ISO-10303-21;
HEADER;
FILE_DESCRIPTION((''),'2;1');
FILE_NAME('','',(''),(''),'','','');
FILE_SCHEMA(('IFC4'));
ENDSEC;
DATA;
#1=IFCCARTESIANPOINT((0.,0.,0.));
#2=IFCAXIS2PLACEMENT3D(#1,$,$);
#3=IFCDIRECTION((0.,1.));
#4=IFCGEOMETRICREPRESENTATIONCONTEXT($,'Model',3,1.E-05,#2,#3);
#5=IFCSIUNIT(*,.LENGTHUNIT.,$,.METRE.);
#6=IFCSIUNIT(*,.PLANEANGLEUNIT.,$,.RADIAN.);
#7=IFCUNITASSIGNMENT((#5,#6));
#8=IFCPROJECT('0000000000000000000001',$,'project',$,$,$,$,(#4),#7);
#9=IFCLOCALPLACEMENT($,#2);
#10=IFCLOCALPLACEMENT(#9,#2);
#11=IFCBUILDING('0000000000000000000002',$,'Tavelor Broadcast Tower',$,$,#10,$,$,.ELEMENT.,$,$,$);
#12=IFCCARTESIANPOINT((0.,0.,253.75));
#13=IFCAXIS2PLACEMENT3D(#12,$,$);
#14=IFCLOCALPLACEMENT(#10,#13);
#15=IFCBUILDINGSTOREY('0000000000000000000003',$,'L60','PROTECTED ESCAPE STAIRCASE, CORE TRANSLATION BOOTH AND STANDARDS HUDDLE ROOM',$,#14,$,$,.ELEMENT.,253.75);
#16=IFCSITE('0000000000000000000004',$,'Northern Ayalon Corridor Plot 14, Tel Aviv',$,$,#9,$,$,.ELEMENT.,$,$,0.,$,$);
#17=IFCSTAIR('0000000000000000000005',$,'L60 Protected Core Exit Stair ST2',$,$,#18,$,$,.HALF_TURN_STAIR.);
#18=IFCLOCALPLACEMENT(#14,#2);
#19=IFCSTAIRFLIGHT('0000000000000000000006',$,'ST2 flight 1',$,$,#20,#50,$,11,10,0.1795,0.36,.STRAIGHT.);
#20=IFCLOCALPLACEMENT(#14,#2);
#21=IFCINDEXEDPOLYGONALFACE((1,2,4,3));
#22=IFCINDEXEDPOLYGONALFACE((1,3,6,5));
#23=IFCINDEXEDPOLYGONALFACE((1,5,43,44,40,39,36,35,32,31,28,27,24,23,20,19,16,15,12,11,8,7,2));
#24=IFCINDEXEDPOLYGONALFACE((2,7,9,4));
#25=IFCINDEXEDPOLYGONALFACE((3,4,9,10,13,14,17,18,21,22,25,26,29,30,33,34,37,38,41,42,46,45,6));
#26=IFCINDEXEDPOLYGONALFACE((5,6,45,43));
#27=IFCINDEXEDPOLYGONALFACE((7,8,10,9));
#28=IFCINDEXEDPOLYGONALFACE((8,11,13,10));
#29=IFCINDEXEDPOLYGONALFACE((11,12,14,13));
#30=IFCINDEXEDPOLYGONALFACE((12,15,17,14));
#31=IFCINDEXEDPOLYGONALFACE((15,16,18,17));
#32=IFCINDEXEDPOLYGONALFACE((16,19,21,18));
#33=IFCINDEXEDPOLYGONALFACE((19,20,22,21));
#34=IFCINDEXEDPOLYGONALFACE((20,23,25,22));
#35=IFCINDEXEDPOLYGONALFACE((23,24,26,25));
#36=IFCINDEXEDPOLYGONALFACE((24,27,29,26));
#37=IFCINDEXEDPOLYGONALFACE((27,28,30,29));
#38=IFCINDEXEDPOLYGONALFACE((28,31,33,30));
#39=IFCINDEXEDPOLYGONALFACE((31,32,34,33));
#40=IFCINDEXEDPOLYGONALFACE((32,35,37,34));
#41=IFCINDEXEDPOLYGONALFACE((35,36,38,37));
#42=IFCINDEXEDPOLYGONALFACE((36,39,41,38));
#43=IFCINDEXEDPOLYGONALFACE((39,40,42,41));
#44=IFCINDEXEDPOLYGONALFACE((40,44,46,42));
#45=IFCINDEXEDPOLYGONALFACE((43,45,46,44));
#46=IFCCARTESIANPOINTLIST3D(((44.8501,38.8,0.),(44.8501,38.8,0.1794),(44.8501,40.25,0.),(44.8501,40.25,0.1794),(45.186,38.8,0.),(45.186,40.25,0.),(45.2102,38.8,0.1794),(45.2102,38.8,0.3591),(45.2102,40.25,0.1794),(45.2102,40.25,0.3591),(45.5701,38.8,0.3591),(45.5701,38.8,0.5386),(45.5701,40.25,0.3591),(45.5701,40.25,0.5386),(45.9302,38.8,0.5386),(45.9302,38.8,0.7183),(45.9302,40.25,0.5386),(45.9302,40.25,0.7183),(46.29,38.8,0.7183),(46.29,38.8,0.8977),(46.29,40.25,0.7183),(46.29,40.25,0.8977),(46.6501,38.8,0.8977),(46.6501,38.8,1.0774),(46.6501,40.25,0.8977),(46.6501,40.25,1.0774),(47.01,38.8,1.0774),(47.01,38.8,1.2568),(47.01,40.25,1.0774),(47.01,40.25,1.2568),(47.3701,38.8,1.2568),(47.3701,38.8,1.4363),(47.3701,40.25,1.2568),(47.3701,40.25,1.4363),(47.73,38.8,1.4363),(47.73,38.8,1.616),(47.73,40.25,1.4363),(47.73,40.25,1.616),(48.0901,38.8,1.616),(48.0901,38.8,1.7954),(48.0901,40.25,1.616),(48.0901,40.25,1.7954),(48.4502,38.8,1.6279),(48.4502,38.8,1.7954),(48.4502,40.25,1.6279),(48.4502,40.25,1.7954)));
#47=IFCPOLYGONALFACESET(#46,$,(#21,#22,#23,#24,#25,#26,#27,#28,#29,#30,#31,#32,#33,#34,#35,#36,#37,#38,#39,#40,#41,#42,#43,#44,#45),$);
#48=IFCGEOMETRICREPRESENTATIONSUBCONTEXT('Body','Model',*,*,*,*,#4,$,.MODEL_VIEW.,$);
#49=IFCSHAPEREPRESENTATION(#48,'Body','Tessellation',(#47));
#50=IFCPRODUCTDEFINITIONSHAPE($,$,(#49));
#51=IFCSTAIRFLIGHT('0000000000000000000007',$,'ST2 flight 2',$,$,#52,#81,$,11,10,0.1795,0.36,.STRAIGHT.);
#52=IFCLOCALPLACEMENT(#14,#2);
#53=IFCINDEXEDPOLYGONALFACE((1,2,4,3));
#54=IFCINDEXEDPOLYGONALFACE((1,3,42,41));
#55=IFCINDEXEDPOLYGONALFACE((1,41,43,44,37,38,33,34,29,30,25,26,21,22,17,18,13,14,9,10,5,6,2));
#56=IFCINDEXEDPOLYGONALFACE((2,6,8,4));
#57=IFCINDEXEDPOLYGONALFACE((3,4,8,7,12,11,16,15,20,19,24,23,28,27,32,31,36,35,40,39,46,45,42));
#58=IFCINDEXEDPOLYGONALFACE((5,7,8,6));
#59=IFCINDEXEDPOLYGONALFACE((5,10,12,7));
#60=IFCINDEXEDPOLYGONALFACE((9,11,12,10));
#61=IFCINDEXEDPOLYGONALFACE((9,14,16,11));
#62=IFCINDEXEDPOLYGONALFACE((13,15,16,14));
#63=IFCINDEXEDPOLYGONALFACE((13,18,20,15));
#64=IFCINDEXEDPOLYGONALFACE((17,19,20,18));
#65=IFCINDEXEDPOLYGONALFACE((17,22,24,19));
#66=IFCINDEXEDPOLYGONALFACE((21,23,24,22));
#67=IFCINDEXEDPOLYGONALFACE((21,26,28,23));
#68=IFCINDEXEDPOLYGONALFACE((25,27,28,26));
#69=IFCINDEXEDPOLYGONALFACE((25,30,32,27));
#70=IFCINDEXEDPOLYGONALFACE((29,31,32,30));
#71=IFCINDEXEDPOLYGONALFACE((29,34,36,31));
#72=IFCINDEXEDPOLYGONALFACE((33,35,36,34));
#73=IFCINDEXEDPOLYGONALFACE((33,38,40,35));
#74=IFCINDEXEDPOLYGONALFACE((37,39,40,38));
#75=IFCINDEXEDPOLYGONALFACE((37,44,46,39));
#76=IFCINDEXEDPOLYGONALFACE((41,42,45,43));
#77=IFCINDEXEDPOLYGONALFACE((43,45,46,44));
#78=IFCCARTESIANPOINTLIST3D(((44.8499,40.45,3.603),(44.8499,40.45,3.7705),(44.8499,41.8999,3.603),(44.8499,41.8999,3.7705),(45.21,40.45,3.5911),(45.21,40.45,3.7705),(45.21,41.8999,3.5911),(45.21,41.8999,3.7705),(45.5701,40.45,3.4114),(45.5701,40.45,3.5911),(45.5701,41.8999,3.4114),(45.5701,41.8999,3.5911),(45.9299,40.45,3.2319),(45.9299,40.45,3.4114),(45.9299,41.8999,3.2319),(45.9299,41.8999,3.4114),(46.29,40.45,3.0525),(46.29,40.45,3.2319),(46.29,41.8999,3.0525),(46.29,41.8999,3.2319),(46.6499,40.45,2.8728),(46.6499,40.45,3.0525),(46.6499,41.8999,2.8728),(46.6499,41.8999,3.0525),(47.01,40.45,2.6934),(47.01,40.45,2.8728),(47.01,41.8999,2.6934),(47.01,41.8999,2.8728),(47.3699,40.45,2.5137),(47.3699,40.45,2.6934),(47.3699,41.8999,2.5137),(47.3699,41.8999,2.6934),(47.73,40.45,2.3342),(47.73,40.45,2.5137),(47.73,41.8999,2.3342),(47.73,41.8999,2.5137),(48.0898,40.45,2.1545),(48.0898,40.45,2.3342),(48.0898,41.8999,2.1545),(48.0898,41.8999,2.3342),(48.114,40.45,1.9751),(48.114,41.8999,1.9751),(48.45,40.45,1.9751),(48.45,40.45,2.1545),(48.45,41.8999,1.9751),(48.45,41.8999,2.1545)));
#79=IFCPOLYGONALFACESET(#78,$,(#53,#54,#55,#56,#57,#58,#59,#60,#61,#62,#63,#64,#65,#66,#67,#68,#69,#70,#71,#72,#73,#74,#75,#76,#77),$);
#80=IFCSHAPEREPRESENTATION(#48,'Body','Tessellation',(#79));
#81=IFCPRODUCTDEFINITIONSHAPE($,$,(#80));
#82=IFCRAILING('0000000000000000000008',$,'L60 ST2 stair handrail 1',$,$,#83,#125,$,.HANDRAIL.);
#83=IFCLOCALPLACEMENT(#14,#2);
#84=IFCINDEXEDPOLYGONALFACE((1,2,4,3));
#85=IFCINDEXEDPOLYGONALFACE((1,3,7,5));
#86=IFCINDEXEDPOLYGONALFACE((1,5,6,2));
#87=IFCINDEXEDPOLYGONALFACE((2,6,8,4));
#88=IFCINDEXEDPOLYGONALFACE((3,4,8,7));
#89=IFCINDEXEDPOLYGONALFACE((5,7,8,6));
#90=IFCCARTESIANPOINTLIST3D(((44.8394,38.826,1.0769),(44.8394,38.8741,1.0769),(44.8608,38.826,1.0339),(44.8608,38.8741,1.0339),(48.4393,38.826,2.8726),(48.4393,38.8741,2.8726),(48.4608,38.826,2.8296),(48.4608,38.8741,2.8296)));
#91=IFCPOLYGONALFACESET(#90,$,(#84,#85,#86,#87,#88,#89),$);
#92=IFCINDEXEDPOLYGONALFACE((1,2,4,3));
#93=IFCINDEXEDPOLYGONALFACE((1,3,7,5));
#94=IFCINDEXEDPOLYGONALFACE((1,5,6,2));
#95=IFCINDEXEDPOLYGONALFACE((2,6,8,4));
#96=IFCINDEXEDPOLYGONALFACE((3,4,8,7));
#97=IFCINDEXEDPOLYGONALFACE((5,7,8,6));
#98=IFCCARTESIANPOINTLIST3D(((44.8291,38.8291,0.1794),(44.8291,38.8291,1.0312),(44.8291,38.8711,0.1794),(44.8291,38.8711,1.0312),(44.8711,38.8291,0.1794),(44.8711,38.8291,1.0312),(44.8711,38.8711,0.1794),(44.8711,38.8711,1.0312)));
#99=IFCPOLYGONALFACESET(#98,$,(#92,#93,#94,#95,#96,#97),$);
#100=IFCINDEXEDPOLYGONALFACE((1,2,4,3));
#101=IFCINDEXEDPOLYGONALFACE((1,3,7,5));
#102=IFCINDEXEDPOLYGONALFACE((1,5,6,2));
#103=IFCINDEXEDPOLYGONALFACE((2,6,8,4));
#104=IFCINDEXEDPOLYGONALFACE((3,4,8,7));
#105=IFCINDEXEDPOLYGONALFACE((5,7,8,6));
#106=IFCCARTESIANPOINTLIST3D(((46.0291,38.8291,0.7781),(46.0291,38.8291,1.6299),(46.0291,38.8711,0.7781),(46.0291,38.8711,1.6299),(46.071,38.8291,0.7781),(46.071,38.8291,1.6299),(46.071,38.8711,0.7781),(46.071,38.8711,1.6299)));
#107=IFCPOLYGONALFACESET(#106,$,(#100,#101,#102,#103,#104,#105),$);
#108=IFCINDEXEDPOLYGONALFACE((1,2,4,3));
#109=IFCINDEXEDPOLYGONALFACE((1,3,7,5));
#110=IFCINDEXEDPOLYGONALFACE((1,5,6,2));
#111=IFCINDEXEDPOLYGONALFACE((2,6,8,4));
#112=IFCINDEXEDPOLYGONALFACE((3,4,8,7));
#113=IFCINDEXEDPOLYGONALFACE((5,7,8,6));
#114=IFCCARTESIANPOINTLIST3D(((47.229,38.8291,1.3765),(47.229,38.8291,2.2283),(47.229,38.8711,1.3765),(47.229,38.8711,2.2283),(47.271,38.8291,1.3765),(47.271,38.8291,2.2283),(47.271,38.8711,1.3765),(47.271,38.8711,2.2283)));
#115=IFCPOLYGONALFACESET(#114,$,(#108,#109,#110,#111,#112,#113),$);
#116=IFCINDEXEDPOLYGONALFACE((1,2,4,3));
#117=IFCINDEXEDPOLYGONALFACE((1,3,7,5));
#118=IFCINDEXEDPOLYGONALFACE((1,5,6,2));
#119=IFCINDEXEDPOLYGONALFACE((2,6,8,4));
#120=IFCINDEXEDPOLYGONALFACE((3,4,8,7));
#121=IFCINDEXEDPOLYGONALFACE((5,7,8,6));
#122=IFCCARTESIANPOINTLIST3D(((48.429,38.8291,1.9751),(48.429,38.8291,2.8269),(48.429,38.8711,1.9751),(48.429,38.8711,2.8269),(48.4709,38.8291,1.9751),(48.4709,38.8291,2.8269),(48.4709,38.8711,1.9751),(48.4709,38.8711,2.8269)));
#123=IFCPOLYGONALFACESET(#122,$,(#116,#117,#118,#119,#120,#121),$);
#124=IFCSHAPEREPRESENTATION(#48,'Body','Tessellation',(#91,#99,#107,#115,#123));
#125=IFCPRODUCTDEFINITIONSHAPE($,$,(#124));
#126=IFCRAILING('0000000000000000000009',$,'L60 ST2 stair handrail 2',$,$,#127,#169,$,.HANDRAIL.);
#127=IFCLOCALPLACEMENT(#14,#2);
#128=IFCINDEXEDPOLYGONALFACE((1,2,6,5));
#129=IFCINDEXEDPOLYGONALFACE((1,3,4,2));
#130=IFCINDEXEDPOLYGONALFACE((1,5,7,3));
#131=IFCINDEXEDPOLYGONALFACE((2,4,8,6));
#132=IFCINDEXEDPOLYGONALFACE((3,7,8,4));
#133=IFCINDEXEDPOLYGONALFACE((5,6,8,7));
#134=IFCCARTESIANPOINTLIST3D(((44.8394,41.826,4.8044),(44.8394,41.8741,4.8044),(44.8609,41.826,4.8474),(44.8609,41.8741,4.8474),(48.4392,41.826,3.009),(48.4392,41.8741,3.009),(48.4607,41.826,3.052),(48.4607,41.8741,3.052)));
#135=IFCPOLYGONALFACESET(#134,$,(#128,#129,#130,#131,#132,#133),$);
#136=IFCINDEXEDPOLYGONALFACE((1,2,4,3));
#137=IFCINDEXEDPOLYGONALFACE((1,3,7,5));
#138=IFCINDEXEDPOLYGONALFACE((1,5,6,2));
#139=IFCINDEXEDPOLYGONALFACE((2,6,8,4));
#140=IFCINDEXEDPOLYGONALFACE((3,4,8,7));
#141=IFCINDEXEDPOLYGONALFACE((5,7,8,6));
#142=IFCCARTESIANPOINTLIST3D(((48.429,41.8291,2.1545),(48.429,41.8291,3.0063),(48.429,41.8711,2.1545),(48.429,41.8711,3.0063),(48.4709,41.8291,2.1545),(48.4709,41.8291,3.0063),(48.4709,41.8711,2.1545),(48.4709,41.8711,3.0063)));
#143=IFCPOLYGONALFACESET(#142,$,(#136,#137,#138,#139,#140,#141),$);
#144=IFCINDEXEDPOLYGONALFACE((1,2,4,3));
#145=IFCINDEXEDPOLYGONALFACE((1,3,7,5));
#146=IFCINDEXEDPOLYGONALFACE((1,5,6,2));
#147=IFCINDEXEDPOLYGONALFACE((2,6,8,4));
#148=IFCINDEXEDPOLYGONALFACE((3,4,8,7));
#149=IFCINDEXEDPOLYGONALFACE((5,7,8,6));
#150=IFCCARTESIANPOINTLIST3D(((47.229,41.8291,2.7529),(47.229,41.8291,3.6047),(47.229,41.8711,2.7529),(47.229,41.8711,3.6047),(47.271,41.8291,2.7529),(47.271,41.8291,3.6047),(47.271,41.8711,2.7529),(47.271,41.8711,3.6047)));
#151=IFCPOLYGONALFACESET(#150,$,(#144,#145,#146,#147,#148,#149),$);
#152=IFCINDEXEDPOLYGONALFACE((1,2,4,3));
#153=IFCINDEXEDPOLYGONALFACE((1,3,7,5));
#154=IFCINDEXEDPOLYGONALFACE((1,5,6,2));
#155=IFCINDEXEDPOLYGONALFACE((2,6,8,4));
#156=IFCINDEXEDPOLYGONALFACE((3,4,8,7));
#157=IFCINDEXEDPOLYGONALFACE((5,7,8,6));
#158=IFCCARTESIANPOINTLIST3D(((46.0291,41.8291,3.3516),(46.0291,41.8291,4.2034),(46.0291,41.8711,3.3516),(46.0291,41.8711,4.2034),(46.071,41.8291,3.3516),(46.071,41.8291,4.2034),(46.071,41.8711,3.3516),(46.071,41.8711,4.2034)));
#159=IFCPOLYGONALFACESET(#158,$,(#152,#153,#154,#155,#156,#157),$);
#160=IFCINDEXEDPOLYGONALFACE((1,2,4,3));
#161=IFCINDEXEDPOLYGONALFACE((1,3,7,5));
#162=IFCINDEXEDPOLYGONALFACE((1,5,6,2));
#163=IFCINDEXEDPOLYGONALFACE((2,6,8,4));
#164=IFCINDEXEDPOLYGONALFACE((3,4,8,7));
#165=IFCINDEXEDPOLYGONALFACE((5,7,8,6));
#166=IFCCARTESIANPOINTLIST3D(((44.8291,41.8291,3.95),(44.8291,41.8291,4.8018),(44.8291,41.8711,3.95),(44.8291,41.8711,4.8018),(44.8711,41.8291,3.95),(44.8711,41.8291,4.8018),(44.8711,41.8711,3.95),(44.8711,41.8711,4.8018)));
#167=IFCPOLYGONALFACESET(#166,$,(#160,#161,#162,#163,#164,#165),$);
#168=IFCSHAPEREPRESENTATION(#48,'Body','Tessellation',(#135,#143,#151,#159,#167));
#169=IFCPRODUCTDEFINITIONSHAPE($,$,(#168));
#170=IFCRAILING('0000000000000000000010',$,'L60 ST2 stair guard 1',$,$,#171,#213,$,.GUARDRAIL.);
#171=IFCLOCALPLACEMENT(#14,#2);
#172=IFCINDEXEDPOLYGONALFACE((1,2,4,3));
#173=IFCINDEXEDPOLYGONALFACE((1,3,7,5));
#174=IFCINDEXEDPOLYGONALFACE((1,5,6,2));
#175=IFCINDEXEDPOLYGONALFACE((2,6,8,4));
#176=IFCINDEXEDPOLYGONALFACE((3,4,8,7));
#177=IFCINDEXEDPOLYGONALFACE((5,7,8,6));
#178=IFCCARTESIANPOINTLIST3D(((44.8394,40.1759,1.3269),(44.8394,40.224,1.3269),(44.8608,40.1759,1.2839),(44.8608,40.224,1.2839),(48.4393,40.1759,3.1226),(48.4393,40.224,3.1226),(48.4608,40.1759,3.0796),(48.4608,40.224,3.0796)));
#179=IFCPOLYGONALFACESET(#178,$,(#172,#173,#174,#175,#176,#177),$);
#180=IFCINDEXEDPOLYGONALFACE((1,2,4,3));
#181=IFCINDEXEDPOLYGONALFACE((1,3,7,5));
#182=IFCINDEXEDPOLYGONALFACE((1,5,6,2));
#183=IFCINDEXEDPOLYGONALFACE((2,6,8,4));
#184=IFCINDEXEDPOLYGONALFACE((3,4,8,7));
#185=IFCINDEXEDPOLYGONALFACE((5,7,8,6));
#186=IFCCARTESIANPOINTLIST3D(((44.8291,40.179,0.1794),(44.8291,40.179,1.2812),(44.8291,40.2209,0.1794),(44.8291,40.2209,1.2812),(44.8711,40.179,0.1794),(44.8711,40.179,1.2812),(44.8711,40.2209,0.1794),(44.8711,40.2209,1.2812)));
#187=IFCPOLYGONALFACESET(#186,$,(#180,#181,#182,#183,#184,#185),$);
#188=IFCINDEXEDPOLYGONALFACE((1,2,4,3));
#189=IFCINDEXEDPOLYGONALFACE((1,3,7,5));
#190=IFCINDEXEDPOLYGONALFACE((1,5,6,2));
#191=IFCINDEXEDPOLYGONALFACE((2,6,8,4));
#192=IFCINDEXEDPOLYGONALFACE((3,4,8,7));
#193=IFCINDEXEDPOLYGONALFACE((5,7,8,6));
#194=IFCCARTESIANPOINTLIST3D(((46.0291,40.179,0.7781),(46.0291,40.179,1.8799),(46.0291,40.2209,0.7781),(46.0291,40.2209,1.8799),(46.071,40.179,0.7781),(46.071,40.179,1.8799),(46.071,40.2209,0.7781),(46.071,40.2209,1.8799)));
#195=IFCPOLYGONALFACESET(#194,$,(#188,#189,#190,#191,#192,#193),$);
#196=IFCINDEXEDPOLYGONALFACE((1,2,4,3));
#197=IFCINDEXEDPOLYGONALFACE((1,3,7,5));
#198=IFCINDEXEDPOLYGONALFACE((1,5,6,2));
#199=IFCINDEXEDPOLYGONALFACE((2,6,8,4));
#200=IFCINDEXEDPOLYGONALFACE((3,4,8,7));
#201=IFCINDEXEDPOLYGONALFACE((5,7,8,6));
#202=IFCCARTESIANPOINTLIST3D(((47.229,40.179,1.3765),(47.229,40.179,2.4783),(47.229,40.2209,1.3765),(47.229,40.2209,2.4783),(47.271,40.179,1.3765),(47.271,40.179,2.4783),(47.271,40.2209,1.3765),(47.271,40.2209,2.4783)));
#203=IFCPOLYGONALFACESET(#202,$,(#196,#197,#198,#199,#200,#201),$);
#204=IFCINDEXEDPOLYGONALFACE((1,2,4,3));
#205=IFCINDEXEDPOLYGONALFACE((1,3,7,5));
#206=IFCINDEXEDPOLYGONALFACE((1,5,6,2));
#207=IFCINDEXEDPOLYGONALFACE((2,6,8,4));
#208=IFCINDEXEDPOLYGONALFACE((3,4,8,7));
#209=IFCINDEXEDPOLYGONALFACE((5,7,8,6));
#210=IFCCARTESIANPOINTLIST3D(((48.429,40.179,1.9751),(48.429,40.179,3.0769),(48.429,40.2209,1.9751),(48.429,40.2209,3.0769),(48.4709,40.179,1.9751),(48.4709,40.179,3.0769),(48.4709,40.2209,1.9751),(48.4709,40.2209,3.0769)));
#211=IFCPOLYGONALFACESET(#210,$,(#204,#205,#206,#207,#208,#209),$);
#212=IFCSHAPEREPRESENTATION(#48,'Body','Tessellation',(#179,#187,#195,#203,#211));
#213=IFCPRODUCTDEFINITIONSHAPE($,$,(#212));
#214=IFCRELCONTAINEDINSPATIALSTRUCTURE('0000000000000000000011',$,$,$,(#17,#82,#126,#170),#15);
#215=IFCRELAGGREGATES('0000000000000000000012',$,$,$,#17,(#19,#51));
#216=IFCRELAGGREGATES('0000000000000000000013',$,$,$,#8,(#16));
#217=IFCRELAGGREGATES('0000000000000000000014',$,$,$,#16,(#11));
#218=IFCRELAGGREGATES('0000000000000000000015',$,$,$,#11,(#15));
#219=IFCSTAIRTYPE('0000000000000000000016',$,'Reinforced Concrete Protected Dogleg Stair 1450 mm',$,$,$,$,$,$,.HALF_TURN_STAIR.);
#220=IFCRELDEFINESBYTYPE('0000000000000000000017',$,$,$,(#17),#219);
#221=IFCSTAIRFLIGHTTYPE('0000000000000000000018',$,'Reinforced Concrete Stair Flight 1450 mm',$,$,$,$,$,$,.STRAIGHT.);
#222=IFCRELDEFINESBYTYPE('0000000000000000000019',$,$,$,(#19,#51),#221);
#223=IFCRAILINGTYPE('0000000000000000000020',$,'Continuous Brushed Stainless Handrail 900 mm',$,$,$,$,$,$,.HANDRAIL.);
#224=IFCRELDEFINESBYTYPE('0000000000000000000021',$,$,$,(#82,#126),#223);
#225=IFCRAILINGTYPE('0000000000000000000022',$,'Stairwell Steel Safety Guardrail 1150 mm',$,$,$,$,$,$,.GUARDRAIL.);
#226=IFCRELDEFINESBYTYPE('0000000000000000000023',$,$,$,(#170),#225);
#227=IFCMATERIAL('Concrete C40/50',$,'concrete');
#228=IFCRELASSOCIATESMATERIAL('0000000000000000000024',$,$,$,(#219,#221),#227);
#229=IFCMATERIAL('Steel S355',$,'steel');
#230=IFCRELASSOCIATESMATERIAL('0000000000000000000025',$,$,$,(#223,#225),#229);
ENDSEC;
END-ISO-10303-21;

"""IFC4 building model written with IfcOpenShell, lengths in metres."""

from ifc_helpers import new_model, si_unit, direction, frame, origin, origin_2d, place, context, subcontext, project, spatial, polyline, rectangle, outline, extrude, material, type_object, element, aggregate, save


model = new_model("IFC4")

# Units and contexts
model_context = context("Model", 3, precision=1e-05, world=origin(), true_north=direction((0.0, 1.0)))
body_context = subcontext(model_context, "Body", "Model", "MODEL_VIEW")
ifc_project = project(units=[si_unit("LENGTHUNIT", "METRE"), si_unit("PLANEANGLEUNIT", "RADIAN")], contexts=[model_context])

# Site, building, storey
site_placement = place(None, origin())
site = spatial("IfcSite", under=ifc_project, at=site_placement, Name="Northern Ayalon Corridor Plot 14, Tel Aviv", CompositionType="ELEMENT", RefElevation=0.0)
building_placement = place(site_placement, origin())
building = spatial("IfcBuilding", under=site, at=building_placement, Name="Tavelor Broadcast Tower", CompositionType="ELEMENT")
storey_placement = place(building_placement, frame((0.0, 0.0, 253.75)))
storey = spatial("IfcBuildingStorey", under=building, at=storey_placement, Name="L60", Description="PROTECTED ESCAPE STAIRCASE, CORE TRANSLATION BOOTH AND STANDARDS HUDDLE ROOM", CompositionType="ELEMENT", Elevation=253.75)

# Shared definitions
ifc_material_1 = material(Name="Concrete C40/50", Category="concrete")
ifc_material_2 = material(Name="Steel S355", Category="steel")

# Stair, stair flights
stair_type = type_object("IfcStairType", Name="Reinforced Concrete Protected Dogleg Stair 1450 mm", PredefinedType="HALF_TURN_STAIR", material=ifc_material_1)
stair_placement = place(storey_placement, origin())
stair = element("IfcStair", 1, at=stair_placement, inside=storey, type_object=stair_type, Name="L60 Protected Core Exit Stair ST2", PredefinedType="HALF_TURN_STAIR")
stair_flight_type = type_object("IfcStairFlightType", Name="Reinforced Concrete Stair Flight 1450 mm", PredefinedType="STRAIGHT", material=ifc_material_1)
stair_flight_1_placement = place(storey_placement, frame((44.8501, 39.5249, 0.0), z_axis=(0.0, 0.0, 1.0), x_axis=(1.0, 0.0, 0.0)))
stair_flight_1 = element("IfcStairFlight", 2, at=stair_flight_1_placement, type_object=stair_flight_type, Name="ST2 flight 1", NumberOfRisers=11, NumberOfTreads=10, PredefinedType="STRAIGHT", RiserHeight=0.1795, TreadLength=0.36, context=body_context, shape_type="SweptSolid", body=[
    extrude(outline(polyline([(0.0, 0.0), (0.0, 0.1794), (0.3601, 0.1794), (0.3601, 0.3591), (0.72, 0.3591), (0.72, 0.5386), (1.0801, 0.5386), (1.0801, 0.7183), (1.4399, 0.7183), (1.4399, 0.8977), (1.8, 0.8977), (1.8, 1.0774), (2.1599, 1.0774), (2.1599, 1.2568), (2.52, 1.2568), (2.52, 1.4363), (2.8799, 1.4363), (2.8799, 1.616), (3.24, 1.616), (3.24, 1.7954), (3.6001, 1.7954), (3.6001, 1.9751), (3.6001, 1.6279), (0.3359, 0.0), (0.0, 0.0)])), frame((0.0, 0.7251, 0.0), z_axis=(0.0, -1.0, 0.0), x_axis=(1.0, 0.0, 0.0)), (0.0, 0.0, 1.0), 1.45),
])
stair_flight_2_placement = place(storey_placement, frame((48.45, 41.175, 1.9751), z_axis=(0.0, 0.0, 1.0), x_axis=(-1.0, 0.0, 0.0)))
stair_flight_2 = element("IfcStairFlight", 3, at=stair_flight_2_placement, type_object=stair_flight_type, Name="ST2 flight 2", NumberOfRisers=11, NumberOfTreads=10, PredefinedType="STRAIGHT", RiserHeight=0.1795, TreadLength=0.36, context=body_context, shape_type="SweptSolid", body=[
    extrude(outline(polyline([(0.0, 0.0), (0.0, 0.1794), (0.3601, 0.1794), (0.3601, 0.3591), (0.72, 0.3591), (0.72, 0.5386), (1.0801, 0.5386), (1.0801, 0.7183), (1.4399, 0.7183), (1.4399, 0.8977), (1.8, 0.8977), (1.8, 1.0774), (2.1599, 1.0774), (2.1599, 1.2568), (2.52, 1.2568), (2.52, 1.4363), (2.8799, 1.4363), (2.8799, 1.616), (3.24, 1.616), (3.24, 1.7954), (3.6001, 1.7954), (3.6001, 1.9751), (3.6001, 1.6279), (0.3359, 0.0), (0.0, 0.0)])), frame((0.0, 0.7251, 0.0), z_axis=(0.0, -1.0, 0.0), x_axis=(1.0, 0.0, 0.0)), (0.0, 0.0, 1.0), 1.45),
])
aggregate(stair, [stair_flight_1, stair_flight_2])

# Railings
railing_type_1 = type_object("IfcRailingType", Name="Continuous Brushed Stainless Handrail 900 mm", PredefinedType="HANDRAIL", material=ifc_material_2)
railing_1_placement = place(storey_placement, frame((44.8501, 38.8501, 0.1794)))
element("IfcRailing", 4, at=railing_1_placement, inside=storey, type_object=railing_type_1, Name="L60 ST2 stair handrail 1", PredefinedType="HANDRAIL", context=body_context, shape_type="SweptSolid", body=[
    extrude(rectangle(XDim=0.0481, YDim=0.0481, at=origin_2d()), frame((0.0, 0.0, 0.876), z_axis=(0.894852, 0.0, 0.446364), x_axis=(0.0, 1.0, 0.0)), (0.0, 0.0, 1.0), 4.0229),
    extrude(rectangle(XDim=0.042, YDim=0.042, at=origin_2d()), origin(), (0.0, 0.0, 1.0), 0.8518),
    extrude(rectangle(XDim=0.042, YDim=0.042, at=origin_2d()), frame((1.2, 0.0, 0.5986)), (0.0, 0.0, 1.0), 0.8518),
    extrude(rectangle(XDim=0.042, YDim=0.042, at=origin_2d()), frame((2.3999, 0.0, 1.197)), (0.0, 0.0, 1.0), 0.8518),
    extrude(rectangle(XDim=0.042, YDim=0.042, at=origin_2d()), frame((3.5999, 0.0, 1.7957)), (0.0, 0.0, 1.0), 0.8518),
])
railing_2_placement = place(storey_placement, frame((48.45, 41.8501, 2.1545)))
element("IfcRailing", 5, at=railing_2_placement, inside=storey, type_object=railing_type_1, Name="L60 ST2 stair handrail 2", PredefinedType="HANDRAIL", context=body_context, shape_type="SweptSolid", body=[
    extrude(rectangle(XDim=0.0481, YDim=0.0481, at=origin_2d()), frame((0.0, 0.0, 0.876), z_axis=(-0.894876, 0.0, 0.446315), x_axis=(0.0, -1.0, 0.0)), (0.0, 0.0, 1.0), 4.0227),
    extrude(rectangle(XDim=0.042, YDim=0.042, at=origin_2d()), origin(), (0.0, 0.0, 1.0), 0.8518),
    extrude(rectangle(XDim=0.042, YDim=0.042, at=origin_2d()), frame((-1.2, 0.0, 0.5984)), (0.0, 0.0, 1.0), 0.8518),
    extrude(rectangle(XDim=0.042, YDim=0.042, at=origin_2d()), frame((-2.3999, 0.0, 1.197)), (0.0, 0.0, 1.0), 0.8518),
    extrude(rectangle(XDim=0.042, YDim=0.042, at=origin_2d()), frame((-3.5999, 0.0, 1.7954)), (0.0, 0.0, 1.0), 0.8518),
])
railing_type_2 = type_object("IfcRailingType", Name="Stairwell Steel Safety Guardrail 1150 mm", PredefinedType="GUARDRAIL", material=ifc_material_2)
railing_3_placement = place(storey_placement, frame((44.8501, 40.2, 0.1794)))
element("IfcRailing", 6, at=railing_3_placement, inside=storey, type_object=railing_type_2, Name="L60 ST2 stair guard 1", PredefinedType="GUARDRAIL", context=body_context, shape_type="SweptSolid", body=[
    extrude(rectangle(XDim=0.0481, YDim=0.0481, at=origin_2d()), frame((0.0, 0.0, 1.126), z_axis=(0.894852, 0.0, 0.446364), x_axis=(0.0, 1.0, 0.0)), (0.0, 0.0, 1.0), 4.0229),
    extrude(rectangle(XDim=0.042, YDim=0.042, at=origin_2d()), origin(), (0.0, 0.0, 1.0), 1.1018),
    extrude(rectangle(XDim=0.042, YDim=0.042, at=origin_2d()), frame((1.2, 0.0, 0.5986)), (0.0, 0.0, 1.0), 1.1018),
    extrude(rectangle(XDim=0.042, YDim=0.042, at=origin_2d()), frame((2.3999, 0.0, 1.197)), (0.0, 0.0, 1.0), 1.1018),
    extrude(rectangle(XDim=0.042, YDim=0.042, at=origin_2d()), frame((3.5999, 0.0, 1.7957)), (0.0, 0.0, 1.0), 1.1018),
])

save(model, "model.ifc")
